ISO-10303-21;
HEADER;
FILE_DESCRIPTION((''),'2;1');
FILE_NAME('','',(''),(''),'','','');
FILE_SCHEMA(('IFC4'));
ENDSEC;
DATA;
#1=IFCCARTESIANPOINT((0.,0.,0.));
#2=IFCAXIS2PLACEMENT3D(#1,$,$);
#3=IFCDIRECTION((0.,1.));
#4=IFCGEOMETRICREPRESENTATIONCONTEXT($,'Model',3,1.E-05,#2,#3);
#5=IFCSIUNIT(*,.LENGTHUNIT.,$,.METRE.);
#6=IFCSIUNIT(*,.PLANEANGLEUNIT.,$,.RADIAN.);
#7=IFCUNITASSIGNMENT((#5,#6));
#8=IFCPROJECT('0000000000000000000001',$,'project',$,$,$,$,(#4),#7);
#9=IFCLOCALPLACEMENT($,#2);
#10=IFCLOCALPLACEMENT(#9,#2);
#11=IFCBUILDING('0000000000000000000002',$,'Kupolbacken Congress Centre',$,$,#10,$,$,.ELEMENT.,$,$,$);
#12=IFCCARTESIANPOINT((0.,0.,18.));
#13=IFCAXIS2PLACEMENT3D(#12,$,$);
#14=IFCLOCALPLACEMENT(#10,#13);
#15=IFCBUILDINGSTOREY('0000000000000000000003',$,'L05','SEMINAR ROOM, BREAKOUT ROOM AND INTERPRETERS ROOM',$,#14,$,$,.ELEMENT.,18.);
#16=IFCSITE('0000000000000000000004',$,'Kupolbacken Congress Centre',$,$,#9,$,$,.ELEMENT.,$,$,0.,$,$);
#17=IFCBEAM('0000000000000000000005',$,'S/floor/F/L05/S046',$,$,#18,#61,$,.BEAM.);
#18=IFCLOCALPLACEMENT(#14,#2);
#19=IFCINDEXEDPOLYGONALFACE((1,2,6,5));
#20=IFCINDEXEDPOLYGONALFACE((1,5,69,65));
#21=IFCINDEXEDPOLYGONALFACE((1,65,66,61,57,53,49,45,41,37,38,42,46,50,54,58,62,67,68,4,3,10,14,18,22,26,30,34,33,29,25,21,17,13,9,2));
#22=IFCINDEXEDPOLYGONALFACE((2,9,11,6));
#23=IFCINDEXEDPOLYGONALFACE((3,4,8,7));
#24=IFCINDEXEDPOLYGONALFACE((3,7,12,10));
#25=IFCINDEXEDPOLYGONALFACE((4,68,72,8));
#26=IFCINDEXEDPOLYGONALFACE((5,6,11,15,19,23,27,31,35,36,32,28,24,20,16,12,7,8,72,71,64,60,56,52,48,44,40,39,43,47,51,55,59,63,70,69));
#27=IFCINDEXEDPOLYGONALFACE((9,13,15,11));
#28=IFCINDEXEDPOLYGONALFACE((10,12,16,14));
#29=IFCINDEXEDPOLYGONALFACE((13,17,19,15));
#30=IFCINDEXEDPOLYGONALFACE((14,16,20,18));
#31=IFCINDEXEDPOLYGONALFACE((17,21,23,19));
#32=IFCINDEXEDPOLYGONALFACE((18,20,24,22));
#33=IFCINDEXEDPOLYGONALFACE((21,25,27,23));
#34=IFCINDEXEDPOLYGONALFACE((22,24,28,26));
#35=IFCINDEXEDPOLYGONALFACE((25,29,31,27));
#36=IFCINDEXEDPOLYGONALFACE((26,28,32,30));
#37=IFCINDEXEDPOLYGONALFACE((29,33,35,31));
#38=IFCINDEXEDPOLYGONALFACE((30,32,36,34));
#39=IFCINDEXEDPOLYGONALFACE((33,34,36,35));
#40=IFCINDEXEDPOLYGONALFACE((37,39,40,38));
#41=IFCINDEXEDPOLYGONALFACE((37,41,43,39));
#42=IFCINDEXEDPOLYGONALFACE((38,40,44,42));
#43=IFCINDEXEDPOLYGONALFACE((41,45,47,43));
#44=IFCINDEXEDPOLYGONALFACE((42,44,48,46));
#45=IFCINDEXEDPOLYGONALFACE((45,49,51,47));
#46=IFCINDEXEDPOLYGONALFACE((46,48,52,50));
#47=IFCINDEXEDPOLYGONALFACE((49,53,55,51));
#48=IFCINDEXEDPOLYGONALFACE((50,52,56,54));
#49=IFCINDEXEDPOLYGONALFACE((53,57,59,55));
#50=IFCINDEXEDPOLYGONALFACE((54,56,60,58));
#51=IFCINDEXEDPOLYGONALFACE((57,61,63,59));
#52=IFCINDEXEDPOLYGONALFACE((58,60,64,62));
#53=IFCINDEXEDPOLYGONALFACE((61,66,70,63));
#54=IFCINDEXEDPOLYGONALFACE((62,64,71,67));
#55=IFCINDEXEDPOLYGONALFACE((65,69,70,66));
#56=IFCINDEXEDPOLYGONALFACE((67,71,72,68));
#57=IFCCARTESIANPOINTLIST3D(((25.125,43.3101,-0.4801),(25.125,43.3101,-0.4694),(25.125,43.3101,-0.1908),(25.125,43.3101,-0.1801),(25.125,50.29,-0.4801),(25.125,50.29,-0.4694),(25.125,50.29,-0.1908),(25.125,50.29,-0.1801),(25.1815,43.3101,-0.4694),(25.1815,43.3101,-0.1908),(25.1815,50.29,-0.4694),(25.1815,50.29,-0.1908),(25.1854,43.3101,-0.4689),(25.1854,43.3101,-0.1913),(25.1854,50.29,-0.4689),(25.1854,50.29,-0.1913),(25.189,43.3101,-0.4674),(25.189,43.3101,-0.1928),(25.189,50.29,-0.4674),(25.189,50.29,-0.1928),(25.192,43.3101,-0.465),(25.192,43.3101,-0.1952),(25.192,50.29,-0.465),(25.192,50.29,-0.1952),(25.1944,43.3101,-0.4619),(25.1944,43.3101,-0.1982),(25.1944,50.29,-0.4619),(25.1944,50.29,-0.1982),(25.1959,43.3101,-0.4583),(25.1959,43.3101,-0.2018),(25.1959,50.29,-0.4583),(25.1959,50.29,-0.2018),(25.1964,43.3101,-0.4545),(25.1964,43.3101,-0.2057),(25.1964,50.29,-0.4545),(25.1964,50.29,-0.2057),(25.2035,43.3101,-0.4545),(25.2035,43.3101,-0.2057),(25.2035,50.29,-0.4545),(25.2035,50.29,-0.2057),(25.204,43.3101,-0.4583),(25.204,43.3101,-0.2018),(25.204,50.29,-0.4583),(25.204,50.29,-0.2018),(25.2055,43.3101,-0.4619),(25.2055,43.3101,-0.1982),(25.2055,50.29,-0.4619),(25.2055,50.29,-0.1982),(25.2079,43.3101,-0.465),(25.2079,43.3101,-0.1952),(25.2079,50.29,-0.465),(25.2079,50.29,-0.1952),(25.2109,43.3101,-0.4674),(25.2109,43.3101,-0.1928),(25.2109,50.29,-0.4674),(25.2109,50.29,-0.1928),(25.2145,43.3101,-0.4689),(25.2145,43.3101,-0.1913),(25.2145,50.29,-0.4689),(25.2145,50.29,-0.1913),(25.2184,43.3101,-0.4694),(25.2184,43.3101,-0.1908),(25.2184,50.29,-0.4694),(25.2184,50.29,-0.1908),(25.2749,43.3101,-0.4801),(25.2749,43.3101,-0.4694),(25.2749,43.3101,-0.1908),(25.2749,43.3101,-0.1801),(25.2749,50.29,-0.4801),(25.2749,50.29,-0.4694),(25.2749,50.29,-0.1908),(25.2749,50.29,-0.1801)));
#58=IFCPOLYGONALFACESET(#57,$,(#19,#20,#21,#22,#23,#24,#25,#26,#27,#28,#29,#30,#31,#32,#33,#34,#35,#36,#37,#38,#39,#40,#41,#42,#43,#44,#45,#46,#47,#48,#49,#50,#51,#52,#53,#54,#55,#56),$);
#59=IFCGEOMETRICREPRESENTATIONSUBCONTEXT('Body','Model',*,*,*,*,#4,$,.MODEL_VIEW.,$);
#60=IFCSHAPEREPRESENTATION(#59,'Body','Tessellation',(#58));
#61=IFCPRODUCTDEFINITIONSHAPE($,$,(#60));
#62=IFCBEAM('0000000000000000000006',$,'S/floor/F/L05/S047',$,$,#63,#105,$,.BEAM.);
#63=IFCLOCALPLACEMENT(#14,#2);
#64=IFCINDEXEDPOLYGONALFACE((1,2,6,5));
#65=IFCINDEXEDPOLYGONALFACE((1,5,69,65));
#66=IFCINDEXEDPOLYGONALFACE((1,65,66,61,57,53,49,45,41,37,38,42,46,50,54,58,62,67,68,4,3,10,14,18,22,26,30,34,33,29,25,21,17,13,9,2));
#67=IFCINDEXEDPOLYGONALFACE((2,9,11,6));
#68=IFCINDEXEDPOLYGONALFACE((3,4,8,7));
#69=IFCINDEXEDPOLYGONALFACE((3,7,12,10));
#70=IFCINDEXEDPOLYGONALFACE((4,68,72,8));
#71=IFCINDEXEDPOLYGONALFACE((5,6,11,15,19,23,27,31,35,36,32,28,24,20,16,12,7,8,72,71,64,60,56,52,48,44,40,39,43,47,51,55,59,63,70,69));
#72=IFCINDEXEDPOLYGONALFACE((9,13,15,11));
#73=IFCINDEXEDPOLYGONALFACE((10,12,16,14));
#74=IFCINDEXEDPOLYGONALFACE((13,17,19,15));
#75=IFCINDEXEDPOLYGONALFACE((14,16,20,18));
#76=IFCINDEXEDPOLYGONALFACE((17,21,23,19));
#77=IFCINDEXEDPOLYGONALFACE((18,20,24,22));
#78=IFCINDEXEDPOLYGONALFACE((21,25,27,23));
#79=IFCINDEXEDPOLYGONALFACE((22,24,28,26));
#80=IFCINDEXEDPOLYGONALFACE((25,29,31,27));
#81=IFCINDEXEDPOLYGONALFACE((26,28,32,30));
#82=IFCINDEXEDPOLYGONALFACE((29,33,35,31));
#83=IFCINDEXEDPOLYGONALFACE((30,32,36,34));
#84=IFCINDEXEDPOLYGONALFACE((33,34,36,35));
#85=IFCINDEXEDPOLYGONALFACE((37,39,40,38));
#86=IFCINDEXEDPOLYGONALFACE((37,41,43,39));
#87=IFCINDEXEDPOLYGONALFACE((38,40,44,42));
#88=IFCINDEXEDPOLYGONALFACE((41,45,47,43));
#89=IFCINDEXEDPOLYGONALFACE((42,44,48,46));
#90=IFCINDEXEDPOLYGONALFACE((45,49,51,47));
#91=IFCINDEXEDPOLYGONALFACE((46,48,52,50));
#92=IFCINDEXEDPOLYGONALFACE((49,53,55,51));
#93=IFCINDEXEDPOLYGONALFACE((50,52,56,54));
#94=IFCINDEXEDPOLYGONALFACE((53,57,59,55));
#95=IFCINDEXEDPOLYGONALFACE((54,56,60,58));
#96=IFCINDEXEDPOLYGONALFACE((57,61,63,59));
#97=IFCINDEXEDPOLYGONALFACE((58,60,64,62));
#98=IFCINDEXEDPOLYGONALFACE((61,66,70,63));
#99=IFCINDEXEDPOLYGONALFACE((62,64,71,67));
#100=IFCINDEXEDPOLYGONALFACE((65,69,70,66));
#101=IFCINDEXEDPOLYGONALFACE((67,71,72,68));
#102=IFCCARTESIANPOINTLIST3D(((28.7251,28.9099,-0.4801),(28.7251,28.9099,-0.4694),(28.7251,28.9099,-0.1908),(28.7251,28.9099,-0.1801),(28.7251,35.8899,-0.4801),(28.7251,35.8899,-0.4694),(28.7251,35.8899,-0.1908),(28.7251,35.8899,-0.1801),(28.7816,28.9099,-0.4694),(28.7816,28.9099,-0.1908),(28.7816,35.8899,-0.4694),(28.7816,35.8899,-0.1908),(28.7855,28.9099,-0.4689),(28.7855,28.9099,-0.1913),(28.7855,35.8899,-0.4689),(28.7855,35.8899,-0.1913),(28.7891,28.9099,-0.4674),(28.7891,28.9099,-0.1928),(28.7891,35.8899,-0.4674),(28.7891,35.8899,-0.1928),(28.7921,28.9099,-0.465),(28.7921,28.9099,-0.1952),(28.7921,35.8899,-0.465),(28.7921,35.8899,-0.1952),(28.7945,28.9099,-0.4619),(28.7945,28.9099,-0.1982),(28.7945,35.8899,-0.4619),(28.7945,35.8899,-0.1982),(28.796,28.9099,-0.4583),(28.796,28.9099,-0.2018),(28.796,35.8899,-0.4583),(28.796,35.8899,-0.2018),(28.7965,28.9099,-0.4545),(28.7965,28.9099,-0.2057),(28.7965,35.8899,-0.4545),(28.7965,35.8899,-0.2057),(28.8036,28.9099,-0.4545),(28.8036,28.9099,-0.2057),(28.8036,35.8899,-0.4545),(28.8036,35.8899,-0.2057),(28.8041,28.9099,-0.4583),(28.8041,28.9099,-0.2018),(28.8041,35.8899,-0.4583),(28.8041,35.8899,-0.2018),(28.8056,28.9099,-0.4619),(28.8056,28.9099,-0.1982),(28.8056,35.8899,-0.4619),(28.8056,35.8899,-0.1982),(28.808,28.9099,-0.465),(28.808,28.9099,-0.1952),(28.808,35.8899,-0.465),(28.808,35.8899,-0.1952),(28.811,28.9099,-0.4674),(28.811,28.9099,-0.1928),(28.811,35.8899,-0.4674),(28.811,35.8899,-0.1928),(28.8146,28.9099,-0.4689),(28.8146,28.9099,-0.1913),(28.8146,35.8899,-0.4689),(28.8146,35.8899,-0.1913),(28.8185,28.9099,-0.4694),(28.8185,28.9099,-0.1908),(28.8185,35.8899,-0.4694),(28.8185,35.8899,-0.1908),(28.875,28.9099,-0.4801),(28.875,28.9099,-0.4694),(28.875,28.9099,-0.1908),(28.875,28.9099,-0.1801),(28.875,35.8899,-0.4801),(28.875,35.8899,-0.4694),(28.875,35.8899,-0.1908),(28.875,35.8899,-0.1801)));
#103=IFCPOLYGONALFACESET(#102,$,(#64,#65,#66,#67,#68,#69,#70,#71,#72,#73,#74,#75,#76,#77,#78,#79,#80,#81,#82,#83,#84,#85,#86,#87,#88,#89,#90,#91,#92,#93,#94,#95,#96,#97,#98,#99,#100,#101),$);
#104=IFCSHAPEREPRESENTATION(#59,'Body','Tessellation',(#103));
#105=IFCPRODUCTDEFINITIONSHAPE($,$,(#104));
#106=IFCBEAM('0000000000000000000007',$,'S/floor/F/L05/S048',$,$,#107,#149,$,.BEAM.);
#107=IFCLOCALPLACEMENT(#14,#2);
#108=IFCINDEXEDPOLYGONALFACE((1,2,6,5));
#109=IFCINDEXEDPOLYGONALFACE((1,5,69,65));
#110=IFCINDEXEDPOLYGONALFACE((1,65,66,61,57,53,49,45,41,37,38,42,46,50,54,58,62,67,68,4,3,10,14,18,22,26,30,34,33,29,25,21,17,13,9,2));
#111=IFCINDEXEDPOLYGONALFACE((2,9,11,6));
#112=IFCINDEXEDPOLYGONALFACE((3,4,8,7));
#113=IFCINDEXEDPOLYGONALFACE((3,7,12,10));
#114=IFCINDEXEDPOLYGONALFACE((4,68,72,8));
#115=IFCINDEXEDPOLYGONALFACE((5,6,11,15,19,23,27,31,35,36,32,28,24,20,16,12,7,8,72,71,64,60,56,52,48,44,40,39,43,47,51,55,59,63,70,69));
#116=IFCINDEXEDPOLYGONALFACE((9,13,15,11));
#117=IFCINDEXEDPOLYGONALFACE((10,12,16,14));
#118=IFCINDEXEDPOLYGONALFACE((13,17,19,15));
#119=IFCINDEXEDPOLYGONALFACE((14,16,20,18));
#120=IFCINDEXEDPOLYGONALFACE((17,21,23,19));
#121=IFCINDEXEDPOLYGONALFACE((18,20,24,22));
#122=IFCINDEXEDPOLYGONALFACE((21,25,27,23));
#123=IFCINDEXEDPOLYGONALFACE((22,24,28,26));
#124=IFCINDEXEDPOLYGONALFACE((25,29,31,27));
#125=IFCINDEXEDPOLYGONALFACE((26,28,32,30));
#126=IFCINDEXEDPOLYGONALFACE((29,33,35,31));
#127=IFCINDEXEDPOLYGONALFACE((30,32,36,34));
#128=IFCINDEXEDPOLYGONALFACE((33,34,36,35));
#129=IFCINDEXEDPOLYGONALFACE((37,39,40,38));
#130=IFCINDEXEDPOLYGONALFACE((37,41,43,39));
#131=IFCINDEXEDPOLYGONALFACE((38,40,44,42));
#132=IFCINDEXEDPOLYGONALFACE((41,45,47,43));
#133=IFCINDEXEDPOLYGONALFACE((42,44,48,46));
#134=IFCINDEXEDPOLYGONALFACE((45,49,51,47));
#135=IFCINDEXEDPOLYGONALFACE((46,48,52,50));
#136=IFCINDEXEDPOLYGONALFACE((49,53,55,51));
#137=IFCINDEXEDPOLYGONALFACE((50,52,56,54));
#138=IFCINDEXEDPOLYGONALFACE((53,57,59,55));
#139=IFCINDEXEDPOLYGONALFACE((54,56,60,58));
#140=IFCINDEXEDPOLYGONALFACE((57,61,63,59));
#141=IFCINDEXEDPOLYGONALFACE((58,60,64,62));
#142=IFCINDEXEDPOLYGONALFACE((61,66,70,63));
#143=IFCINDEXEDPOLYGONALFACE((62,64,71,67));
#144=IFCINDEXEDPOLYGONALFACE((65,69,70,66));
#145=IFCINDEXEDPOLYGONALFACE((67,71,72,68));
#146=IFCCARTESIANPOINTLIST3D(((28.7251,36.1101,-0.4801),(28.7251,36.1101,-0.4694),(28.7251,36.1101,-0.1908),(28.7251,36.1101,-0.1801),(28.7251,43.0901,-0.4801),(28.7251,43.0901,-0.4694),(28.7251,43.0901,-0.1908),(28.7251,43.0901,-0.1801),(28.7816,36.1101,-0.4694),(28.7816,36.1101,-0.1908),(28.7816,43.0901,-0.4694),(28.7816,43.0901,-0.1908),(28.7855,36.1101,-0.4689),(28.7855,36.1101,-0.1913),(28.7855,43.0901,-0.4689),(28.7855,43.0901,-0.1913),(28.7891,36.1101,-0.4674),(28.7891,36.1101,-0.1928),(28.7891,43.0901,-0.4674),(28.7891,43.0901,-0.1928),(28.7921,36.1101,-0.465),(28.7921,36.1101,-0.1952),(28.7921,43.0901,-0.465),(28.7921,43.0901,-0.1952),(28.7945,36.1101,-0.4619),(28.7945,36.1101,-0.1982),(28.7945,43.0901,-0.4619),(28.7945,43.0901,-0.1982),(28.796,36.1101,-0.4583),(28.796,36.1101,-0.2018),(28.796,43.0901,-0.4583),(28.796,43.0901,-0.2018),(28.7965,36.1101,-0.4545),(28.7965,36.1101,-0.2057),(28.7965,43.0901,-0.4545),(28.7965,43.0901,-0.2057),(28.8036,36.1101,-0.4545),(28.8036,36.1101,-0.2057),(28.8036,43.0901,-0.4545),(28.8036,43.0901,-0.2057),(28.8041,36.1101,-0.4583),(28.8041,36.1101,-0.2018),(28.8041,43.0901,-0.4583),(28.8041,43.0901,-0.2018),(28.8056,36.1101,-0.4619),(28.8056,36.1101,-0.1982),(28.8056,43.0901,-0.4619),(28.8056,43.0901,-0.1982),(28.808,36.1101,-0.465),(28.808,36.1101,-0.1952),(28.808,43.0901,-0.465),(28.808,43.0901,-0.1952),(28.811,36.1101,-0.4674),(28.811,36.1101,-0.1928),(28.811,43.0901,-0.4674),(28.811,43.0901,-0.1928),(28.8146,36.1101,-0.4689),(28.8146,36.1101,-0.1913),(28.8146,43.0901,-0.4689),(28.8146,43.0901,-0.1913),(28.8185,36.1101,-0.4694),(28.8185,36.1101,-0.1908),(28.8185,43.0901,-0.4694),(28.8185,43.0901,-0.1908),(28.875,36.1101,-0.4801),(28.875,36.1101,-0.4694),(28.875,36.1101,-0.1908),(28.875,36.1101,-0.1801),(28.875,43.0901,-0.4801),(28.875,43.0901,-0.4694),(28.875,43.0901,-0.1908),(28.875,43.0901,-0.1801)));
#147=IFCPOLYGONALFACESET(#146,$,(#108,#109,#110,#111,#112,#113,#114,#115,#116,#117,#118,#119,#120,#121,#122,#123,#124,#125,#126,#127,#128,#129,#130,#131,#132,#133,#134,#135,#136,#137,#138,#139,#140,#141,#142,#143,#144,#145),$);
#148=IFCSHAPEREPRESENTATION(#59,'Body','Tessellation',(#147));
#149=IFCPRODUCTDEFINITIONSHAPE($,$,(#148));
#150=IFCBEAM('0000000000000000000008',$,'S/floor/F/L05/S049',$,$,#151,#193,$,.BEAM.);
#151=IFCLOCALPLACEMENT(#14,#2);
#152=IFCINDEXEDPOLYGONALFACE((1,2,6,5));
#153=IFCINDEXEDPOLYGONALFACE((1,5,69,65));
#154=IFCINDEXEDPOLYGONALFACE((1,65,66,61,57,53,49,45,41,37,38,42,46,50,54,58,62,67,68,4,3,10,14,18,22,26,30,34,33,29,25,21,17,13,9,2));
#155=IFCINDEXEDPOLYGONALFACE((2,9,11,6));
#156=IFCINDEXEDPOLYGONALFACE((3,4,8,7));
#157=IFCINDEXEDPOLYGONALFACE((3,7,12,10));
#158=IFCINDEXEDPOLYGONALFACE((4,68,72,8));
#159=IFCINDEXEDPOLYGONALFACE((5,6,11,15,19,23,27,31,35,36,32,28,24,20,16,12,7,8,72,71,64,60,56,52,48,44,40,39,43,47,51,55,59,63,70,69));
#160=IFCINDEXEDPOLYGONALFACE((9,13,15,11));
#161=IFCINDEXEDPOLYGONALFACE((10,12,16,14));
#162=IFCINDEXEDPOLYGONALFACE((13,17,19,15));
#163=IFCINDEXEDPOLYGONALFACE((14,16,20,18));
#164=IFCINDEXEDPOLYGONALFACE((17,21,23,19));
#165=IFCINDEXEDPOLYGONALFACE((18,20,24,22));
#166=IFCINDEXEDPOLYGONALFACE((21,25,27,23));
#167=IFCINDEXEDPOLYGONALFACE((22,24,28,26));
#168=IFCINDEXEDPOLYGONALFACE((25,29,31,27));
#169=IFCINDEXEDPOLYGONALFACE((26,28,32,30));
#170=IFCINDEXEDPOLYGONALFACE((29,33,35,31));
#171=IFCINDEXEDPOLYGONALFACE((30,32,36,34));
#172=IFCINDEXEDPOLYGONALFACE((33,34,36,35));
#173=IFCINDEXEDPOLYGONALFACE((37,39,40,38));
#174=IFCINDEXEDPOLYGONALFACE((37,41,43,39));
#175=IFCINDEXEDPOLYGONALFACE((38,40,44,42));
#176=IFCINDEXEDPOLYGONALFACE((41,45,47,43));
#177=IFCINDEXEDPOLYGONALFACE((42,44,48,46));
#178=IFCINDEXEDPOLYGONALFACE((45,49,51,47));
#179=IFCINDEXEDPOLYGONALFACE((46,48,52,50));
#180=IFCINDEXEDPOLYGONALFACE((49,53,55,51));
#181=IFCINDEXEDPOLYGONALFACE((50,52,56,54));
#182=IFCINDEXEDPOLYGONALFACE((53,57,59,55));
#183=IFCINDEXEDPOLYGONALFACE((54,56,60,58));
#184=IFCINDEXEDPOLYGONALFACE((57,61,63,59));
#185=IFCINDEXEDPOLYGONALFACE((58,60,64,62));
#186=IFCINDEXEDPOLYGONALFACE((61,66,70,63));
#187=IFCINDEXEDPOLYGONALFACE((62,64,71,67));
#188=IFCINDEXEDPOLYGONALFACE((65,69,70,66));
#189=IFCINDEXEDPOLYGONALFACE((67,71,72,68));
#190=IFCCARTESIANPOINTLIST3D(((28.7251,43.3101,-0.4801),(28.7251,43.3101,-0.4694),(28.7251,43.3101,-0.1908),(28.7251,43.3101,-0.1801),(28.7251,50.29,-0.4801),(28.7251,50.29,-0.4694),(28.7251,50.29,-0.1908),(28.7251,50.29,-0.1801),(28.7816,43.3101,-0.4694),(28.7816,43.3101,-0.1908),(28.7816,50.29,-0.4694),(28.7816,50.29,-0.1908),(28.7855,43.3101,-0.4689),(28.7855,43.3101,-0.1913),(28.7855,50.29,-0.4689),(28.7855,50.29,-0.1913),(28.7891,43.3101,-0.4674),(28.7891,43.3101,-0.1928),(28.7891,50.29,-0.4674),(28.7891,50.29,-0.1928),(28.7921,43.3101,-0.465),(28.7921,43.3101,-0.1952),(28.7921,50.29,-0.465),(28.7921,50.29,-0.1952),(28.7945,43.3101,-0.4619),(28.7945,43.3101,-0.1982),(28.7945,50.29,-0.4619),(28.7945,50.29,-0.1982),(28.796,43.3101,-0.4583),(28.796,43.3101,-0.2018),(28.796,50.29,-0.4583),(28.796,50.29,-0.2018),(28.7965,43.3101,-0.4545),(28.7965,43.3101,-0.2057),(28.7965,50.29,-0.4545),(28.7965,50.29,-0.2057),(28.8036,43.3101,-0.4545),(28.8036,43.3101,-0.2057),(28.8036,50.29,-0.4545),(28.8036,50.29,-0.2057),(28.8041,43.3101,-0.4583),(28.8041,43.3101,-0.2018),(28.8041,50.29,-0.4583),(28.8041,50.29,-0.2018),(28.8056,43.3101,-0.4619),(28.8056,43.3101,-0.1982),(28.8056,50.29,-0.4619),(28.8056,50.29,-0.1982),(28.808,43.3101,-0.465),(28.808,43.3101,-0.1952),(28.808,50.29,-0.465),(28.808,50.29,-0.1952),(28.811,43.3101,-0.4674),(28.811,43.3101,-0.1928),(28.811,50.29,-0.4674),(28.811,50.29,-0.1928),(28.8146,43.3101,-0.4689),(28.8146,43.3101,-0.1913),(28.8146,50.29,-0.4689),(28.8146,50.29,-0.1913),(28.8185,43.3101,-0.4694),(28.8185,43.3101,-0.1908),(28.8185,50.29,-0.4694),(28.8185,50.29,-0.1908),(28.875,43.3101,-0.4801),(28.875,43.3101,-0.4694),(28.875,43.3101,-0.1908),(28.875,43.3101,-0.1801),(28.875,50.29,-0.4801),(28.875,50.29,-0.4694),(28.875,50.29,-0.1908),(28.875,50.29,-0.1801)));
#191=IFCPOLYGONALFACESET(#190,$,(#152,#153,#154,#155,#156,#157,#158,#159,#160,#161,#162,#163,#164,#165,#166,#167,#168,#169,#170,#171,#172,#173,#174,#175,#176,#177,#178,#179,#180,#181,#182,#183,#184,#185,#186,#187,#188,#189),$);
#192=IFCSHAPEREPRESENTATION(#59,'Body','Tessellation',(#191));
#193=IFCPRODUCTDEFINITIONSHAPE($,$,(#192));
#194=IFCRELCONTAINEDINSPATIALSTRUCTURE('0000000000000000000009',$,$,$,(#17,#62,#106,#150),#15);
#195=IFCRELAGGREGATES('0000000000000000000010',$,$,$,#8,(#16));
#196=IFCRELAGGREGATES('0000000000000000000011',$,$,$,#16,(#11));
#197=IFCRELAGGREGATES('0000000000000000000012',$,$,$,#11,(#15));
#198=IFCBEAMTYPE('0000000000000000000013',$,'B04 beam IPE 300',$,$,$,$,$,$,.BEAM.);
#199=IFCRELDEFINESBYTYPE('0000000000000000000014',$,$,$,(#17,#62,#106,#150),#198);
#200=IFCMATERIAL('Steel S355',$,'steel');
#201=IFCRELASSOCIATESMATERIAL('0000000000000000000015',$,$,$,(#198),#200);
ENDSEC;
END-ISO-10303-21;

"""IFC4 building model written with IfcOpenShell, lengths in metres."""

from ifc_helpers import new_model, si_unit, direction, frame, origin, origin_2d, place, context, subcontext, project, spatial, i_section, extrude, material, material_profile, profile_set, type_object, element, save


model = new_model("IFC4")

# Units and contexts
model_context = context("Model", 3, precision=1e-05, world=origin(), true_north=direction((0.0, 1.0)))
body_context = subcontext(model_context, "Body", "Model", "MODEL_VIEW")
ifc_project = project(units=[si_unit("LENGTHUNIT", "METRE"), si_unit("PLANEANGLEUNIT", "RADIAN")], contexts=[model_context])

# Site, building, storey
site_placement = place(None, origin())
site = spatial("IfcSite", under=ifc_project, at=site_placement, Name="Kupolbacken Congress Centre", CompositionType="ELEMENT", RefElevation=0.0)
building_placement = place(site_placement, origin())
building = spatial("IfcBuilding", under=site, at=building_placement, Name="Kupolbacken Congress Centre", CompositionType="ELEMENT")
storey_placement = place(building_placement, frame((0.0, 0.0, 18.0)))
storey = spatial("IfcBuildingStorey", under=building, at=storey_placement, Name="L05", Description="SEMINAR ROOM, BREAKOUT ROOM AND INTERPRETERS ROOM", CompositionType="ELEMENT", Elevation=18.0)

# Beams
ifc_material_1 = material(Name="Steel S355", Category="steel")
ifc_material_profile_1 = material_profile(ifc_material_1, i_section(OverallWidth=0.1499, OverallDepth=0.3, WebThickness=0.0071, FlangeThickness=0.0107, FilletRadius=0.0149, at=origin_2d()), Name="IPE 300")
ifc_profile_set_1 = profile_set([ifc_material_profile_1], Name="Steel S355")
beam_type_1 = type_object("IfcBeamType", Name="B04 beam IPE 300", PredefinedType="BEAM", material=ifc_profile_set_1)
for number, where, z_axis, x_axis, name in (
    (1, (25.2, 43.3101, -0.3301), (0.0, 1.0, 0.0), (-1.0, 0.0, 0.0), "S/floor/F/L05/S046"),
    (2, (28.8, 28.9099, -0.3301), (0.0, 1.0, 0.0), (-1.0, 0.0, 0.0), "S/floor/F/L05/S047"),
    (3, (28.8, 36.1101, -0.3301), (0.0, 1.0, 0.0), (-1.0, 0.0, 0.0), "S/floor/F/L05/S048"),
    (4, (28.8, 43.3101, -0.3301), (0.0, 1.0, 0.0), (-1.0, 0.0, 0.0), "S/floor/F/L05/S049"),
):
    element("IfcBeam", number, at=place(storey_placement, frame(where, z_axis=z_axis, x_axis=x_axis)), inside=storey, type_object=beam_type_1, Name=name, PredefinedType="BEAM", context=body_context, shape_type="SweptSolid", body=[
        extrude(i_section(OverallWidth=0.1499, OverallDepth=0.3, WebThickness=0.0071, FlangeThickness=0.0107, FilletRadius=0.0149, at=origin_2d()), origin(), (0.0, 0.0, 1.0), 6.98),
    ])

save(model, "model.ifc")
